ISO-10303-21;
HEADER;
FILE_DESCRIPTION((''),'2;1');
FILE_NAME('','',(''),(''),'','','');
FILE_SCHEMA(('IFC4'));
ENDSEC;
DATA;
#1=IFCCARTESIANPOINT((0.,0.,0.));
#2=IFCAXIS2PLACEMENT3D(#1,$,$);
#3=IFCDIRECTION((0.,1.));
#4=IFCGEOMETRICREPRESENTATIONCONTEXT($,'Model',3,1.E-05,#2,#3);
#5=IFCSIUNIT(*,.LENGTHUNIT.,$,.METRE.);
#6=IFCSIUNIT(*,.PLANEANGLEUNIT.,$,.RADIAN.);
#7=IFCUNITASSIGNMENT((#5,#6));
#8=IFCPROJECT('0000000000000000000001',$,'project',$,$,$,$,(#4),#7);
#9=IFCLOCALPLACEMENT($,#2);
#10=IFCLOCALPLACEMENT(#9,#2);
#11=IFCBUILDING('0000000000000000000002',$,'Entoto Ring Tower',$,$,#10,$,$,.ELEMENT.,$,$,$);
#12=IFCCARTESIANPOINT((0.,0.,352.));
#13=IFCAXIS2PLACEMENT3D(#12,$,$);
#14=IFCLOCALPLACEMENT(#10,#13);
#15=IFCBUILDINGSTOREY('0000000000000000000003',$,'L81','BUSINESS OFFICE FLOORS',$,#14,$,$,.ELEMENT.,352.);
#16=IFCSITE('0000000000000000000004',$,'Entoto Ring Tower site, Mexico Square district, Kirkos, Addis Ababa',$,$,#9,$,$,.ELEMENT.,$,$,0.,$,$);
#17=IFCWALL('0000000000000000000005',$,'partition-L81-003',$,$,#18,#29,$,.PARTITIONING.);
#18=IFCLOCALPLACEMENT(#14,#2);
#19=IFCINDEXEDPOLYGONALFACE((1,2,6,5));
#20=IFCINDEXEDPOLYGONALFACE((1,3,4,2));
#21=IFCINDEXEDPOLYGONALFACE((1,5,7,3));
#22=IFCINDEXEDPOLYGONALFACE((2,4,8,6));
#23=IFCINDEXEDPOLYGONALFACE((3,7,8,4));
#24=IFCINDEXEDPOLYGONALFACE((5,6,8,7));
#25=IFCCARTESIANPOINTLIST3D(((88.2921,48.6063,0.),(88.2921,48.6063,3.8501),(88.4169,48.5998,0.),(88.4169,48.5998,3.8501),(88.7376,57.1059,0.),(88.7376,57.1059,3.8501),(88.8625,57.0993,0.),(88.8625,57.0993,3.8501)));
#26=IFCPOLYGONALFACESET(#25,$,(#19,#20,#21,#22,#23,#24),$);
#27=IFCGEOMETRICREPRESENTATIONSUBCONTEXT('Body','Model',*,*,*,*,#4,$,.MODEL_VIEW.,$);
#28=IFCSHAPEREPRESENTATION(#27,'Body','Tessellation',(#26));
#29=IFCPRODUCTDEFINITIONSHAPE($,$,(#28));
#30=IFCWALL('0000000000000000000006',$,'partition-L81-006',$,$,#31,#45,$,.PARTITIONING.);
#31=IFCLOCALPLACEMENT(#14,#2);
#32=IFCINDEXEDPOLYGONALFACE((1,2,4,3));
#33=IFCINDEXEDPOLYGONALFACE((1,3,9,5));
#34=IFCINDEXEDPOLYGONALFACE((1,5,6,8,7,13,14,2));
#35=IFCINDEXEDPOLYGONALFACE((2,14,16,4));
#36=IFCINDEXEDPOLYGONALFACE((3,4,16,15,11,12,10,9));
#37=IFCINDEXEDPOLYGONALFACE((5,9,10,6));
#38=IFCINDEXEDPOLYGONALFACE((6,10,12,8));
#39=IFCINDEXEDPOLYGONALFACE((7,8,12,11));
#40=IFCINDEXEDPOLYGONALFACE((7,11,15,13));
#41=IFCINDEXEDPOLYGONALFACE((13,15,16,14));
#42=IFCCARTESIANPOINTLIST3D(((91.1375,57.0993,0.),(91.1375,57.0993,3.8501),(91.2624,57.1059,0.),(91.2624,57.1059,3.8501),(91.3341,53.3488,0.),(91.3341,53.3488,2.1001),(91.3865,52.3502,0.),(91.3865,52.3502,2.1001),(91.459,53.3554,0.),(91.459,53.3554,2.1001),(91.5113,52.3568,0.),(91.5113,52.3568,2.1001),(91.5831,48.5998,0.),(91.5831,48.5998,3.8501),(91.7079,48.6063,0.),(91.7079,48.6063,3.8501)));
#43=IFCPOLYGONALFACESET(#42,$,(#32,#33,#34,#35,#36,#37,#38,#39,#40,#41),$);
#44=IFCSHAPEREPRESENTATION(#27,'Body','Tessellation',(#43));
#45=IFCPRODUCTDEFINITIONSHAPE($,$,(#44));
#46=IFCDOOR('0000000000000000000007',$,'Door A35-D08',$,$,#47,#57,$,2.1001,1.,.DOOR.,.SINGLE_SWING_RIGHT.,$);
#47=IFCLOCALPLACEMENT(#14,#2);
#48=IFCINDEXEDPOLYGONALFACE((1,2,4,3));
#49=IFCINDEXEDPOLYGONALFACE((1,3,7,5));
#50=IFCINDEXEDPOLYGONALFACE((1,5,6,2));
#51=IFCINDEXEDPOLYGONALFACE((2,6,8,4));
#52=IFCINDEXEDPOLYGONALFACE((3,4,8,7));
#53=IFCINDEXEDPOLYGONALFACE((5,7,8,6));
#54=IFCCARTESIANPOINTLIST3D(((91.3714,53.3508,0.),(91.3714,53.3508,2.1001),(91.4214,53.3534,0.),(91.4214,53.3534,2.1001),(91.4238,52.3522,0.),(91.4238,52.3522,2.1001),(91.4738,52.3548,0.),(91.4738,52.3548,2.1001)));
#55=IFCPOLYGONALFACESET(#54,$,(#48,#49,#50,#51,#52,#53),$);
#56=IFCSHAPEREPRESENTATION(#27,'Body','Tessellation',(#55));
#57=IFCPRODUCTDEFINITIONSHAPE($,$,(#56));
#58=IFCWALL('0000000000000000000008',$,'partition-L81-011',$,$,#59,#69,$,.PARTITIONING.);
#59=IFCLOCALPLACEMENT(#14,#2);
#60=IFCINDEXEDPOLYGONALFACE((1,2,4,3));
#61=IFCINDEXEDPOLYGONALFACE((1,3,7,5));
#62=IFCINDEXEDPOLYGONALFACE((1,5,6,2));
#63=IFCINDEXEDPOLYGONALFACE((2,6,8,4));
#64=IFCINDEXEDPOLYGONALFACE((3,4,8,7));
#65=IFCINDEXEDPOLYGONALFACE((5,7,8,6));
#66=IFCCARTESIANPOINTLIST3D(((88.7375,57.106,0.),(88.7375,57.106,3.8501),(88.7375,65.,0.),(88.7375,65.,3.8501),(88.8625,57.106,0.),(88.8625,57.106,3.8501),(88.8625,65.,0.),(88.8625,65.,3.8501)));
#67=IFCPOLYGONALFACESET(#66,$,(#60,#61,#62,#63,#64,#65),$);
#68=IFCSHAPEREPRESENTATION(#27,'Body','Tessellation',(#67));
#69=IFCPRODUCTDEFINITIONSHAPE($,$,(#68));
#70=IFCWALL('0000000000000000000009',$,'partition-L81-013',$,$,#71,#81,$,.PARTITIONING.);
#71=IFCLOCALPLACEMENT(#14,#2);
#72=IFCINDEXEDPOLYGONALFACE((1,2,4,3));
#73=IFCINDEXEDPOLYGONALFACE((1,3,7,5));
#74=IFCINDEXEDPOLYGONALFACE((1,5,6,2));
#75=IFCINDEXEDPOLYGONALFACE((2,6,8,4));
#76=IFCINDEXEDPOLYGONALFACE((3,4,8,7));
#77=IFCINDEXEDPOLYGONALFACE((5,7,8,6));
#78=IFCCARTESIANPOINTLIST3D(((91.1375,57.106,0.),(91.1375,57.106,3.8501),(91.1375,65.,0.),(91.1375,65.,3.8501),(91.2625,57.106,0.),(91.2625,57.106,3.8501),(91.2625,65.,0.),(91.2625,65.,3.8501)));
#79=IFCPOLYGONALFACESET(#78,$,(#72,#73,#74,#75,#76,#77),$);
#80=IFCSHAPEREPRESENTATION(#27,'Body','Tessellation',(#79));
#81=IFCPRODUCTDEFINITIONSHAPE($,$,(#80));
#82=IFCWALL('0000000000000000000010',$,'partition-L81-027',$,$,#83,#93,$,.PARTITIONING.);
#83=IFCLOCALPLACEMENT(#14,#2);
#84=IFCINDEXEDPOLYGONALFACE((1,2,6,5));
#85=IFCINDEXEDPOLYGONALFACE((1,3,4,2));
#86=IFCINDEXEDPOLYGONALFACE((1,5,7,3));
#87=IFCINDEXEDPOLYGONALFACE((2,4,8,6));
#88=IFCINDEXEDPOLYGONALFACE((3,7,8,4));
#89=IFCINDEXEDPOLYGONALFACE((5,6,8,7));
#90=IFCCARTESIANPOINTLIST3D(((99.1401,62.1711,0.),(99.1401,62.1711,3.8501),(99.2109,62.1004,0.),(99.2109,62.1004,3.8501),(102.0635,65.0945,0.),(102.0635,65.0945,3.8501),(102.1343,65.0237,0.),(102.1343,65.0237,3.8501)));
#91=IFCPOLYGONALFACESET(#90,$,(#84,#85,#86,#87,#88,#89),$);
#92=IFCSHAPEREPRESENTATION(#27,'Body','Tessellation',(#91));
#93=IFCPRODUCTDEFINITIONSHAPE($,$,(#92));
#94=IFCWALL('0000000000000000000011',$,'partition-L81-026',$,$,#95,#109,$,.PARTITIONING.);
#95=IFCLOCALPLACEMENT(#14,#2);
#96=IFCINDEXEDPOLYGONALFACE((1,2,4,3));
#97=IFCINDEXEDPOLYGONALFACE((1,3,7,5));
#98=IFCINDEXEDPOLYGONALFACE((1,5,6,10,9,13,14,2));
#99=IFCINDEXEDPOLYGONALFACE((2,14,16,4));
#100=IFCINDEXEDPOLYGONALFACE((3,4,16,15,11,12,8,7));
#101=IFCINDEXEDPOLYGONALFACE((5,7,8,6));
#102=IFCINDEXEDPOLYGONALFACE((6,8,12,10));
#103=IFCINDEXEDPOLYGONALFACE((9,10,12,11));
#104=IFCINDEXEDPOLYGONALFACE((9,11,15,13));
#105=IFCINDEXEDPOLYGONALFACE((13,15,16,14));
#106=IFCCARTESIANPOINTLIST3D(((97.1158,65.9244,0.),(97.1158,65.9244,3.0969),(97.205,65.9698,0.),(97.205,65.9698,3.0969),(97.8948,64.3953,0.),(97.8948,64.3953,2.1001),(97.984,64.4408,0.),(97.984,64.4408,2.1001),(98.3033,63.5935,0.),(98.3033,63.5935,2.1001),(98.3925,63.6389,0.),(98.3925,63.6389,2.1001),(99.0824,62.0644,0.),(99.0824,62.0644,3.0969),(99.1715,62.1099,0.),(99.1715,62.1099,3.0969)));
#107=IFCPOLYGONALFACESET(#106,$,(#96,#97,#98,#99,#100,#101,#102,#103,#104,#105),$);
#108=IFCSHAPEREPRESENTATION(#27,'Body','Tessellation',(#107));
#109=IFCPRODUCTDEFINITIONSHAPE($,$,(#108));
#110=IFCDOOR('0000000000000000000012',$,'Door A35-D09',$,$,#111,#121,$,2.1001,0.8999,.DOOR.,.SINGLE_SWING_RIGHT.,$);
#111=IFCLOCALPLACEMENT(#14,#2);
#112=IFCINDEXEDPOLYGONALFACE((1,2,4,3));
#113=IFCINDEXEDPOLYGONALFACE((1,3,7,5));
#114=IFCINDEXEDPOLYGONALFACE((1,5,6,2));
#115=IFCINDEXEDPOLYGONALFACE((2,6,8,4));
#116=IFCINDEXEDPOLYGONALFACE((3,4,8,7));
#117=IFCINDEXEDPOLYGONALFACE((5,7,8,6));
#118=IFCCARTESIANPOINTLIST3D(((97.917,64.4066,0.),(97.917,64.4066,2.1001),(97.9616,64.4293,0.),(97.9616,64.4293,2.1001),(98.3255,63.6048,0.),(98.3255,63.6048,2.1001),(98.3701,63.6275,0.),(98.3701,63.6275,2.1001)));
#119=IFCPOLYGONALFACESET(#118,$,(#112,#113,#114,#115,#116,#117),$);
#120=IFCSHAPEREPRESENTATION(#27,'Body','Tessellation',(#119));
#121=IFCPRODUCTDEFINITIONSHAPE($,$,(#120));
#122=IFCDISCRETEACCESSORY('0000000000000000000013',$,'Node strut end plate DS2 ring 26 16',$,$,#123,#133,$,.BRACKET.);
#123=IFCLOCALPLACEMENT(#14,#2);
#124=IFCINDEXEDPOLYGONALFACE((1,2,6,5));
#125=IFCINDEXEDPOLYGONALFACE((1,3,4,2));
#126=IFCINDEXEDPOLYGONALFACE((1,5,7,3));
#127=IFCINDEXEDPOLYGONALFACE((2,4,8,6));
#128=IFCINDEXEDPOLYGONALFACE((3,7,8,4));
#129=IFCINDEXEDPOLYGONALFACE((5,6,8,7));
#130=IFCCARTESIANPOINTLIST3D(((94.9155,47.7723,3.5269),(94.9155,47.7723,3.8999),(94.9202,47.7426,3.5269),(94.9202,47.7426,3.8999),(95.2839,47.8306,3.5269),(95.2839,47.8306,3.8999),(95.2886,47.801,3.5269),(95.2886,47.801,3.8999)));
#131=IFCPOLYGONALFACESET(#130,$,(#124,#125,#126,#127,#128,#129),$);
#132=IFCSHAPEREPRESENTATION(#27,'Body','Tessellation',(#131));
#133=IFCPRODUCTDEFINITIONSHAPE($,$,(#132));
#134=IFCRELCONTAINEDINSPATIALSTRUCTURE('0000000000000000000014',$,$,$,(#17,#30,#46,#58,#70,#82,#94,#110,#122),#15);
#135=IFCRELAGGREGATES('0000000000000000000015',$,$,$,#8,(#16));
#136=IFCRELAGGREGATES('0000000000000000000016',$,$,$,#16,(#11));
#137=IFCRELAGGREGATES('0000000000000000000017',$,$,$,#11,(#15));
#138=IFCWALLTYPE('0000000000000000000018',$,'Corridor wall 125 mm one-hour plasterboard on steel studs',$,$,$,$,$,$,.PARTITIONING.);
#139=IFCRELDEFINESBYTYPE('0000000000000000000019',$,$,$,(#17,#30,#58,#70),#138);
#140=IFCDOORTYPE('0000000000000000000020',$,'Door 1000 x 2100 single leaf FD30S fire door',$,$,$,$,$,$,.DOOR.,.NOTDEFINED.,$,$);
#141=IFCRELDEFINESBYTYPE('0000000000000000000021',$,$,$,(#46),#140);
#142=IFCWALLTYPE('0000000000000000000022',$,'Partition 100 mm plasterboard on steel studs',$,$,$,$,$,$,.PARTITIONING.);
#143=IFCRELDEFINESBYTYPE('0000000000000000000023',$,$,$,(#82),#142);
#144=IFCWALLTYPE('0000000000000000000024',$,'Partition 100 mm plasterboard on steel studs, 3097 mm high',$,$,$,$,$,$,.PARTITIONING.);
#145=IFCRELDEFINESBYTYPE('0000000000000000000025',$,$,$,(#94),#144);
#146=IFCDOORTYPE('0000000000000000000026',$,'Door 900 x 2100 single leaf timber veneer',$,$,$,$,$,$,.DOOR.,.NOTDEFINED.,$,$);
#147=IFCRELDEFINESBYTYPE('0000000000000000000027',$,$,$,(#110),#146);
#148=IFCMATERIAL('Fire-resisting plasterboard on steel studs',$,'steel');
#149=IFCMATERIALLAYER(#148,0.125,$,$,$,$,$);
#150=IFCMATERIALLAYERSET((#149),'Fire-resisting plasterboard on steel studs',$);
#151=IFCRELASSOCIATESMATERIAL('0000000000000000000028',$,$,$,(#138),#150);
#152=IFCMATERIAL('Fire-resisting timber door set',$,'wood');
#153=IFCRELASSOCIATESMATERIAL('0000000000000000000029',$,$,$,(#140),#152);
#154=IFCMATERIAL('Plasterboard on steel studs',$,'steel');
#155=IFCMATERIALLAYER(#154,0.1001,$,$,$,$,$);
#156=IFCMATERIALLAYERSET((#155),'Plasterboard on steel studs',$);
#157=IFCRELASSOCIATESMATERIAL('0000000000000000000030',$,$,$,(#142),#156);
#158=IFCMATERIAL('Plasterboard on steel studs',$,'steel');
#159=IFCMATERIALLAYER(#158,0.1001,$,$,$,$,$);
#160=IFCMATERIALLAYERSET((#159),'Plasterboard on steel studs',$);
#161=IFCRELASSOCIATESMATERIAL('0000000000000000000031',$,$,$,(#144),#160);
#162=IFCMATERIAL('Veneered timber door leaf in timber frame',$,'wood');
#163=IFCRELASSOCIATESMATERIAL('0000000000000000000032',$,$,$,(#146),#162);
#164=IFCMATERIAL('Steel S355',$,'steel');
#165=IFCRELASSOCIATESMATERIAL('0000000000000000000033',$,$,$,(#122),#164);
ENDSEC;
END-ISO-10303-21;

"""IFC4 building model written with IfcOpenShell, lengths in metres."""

from ifc_helpers import new_model, si_unit, direction, frame, frame_2d, origin, origin_2d, place, context, subcontext, project, spatial, rectangle, extrude, material, layer, layer_set, type_object, element, fill, save


model = new_model("IFC4")

# Units and contexts
model_context = context("Model", 3, precision=1e-05, world=origin(), true_north=direction((0.0, 1.0)))
body_context = subcontext(model_context, "Body", "Model", "MODEL_VIEW")
ifc_project = project(units=[si_unit("LENGTHUNIT", "METRE"), si_unit("PLANEANGLEUNIT", "RADIAN")], contexts=[model_context])

# Site, building, storey
site_placement = place(None, origin())
site = spatial("IfcSite", under=ifc_project, at=site_placement, Name="Entoto Ring Tower site, Mexico Square district, Kirkos, Addis Ababa", CompositionType="ELEMENT", RefElevation=0.0)
building_placement = place(site_placement, origin())
building = spatial("IfcBuilding", under=site, at=building_placement, Name="Entoto Ring Tower", CompositionType="ELEMENT")
storey_placement = place(building_placement, frame((0.0, 0.0, 352.0)))
storey = spatial("IfcBuildingStorey", under=building, at=storey_placement, Name="L81", Description="BUSINESS OFFICE FLOORS", CompositionType="ELEMENT", Elevation=352.0)

# Wall
ifc_material_1 = material(Name="Fire-resisting plasterboard on steel studs", Category="steel")
ifc_layer_1 = layer(ifc_material_1, 0.125)
ifc_layer_set_1 = layer_set([ifc_layer_1], Name="Fire-resisting plasterboard on steel studs")
wall_type_1 = type_object("IfcWallType", Name="Corridor wall 125 mm one-hour plasterboard on steel studs", PredefinedType="PARTITIONING", material=ifc_layer_set_1)
wall_1_placement = place(storey_placement, frame((88.3545, 48.603, 0.0), z_axis=(0.0, 0.0, 1.0), x_axis=(0.05235, 0.998629, 0.0)))
element("IfcWall", 1, at=wall_1_placement, inside=storey, type_object=wall_type_1, Name="partition-L81-003", PredefinedType="PARTITIONING", context=body_context, shape_type="SweptSolid", body=[
    extrude(rectangle(XDim=8.5112, YDim=0.125, at=frame_2d((4.2556, 0.0))), origin(), (0.0, 0.0, 1.0), 3.8501),
])

# Wall, opening, door
wall_2_placement = place(storey_placement, frame((91.6455, 48.603, 0.0), z_axis=(0.0, 0.0, 1.0), x_axis=(-0.05235, 0.998629, 0.0)))
wall_2 = element("IfcWall", 2, at=wall_2_placement, inside=storey, type_object=wall_type_1, Name="partition-L81-006", PredefinedType="PARTITIONING", context=body_context, shape_type="SweptSolid", body=[
    extrude(rectangle(XDim=8.5112, YDim=0.125, at=frame_2d((4.2556, 0.0))), origin(), (0.0, 0.0, 1.0), 3.8501),
])
opening_1_placement = place(wall_2_placement, frame((3.7556, 0.0, 0.0)))
opening_1 = element("IfcOpeningElement", 3, at=opening_1_placement, cuts=wall_2, PredefinedType="OPENING", context=body_context, shape_type="SweptSolid", body=[
    extrude(rectangle(XDim=1.0, YDim=2.1001, at=frame_2d((0.5, 1.05))), frame((0.0, 0.0725, 0.0), z_axis=(0.0, -1.0, 0.0), x_axis=(1.0, 0.0, 0.0)), (0.0, 0.0, 1.0), 0.145),
])
ifc_material_2 = material(Name="Fire-resisting timber door set", Category="wood")
door_type_1 = type_object("IfcDoorType", Name="Door 1000 x 2100 single leaf FD30S fire door", OperationType="NOTDEFINED", PredefinedType="DOOR", material=ifc_material_2)
door_1_placement = place(opening_1_placement, frame((1.0, 0.0, 0.0), z_axis=(0.0, 0.0, 1.0), x_axis=(-1.0, 0.0, 0.0)))
door_1 = element("IfcDoor", 4, at=door_1_placement, inside=storey, type_object=door_type_1, Name="Door A35-D08", OperationType="SINGLE_SWING_RIGHT", OverallHeight=2.1001, OverallWidth=1.0, PredefinedType="DOOR", context=body_context, shape_type="SweptSolid", body=[
    extrude(rectangle(XDim=1.0, YDim=2.1001, at=frame_2d((0.5, 1.05))), frame((0.0, 0.0249, 0.0), z_axis=(0.0, -1.0, 0.0), x_axis=(1.0, 0.0, 0.0)), (0.0, 0.0, 1.0), 0.05),
])
fill(opening_1, door_1)

# Walls
for number, where, z_axis, x_axis, name in (
    (5, (88.8, 57.106, 0.0), (0.0, 0.0, 1.0), (0.0, 1.0, 0.0), "partition-L81-011"),
    (6, (91.2, 57.106, 0.0), (0.0, 0.0, 1.0), (0.0, 1.0, 0.0), "partition-L81-013"),
):
    element("IfcWall", number, at=place(storey_placement, frame(where, z_axis=z_axis, x_axis=x_axis)), inside=storey, type_object=wall_type_1, Name=name, PredefinedType="PARTITIONING", context=body_context, shape_type="SweptSolid", body=[
        extrude(rectangle(XDim=7.894, YDim=0.125, at=frame_2d((3.947, 0.0))), origin(), (0.0, 0.0, 1.0), 3.8501),
    ])
ifc_material_3 = material(Name="Plasterboard on steel studs", Category="steel")
ifc_layer_2 = layer(ifc_material_3, 0.1001)
ifc_layer_set_2 = layer_set([ifc_layer_2], Name="Plasterboard on steel studs")
wall_type_2 = type_object("IfcWallType", Name="Partition 100 mm plasterboard on steel studs", PredefinedType="PARTITIONING", material=ifc_layer_set_2)
wall_3_placement = place(storey_placement, frame((99.1755, 62.1357, 0.0), z_axis=(0.0, 0.0, 1.0), x_axis=(0.707107, 0.707107, 0.0)))
element("IfcWall", 7, at=wall_3_placement, inside=storey, type_object=wall_type_2, Name="partition-L81-027", PredefinedType="PARTITIONING", context=body_context, shape_type="SweptSolid", body=[
    extrude(rectangle(XDim=4.1343, YDim=0.1001, at=frame_2d((2.0671, 0.0))), origin(), (0.0, 0.0, 1.0), 3.8501),
])

# Wall, opening, door
ifc_material_4 = material(Name="Plasterboard on steel studs", Category="steel")
ifc_layer_3 = layer(ifc_material_4, 0.1001)
ifc_layer_set_3 = layer_set([ifc_layer_3], Name="Plasterboard on steel studs")
wall_type_3 = type_object("IfcWallType", Name="Partition 100 mm plasterboard on steel studs, 3097 mm high", PredefinedType="PARTITIONING", material=ifc_layer_set_3)
wall_4_placement = place(storey_placement, frame((99.127, 62.0872, 0.0), z_axis=(0.0, 0.0, 1.0), x_axis=(-0.453964, 0.89102, 0.0)))
wall_4 = element("IfcWall", 8, at=wall_4_placement, inside=storey, type_object=wall_type_3, Name="partition-L81-026", PredefinedType="PARTITIONING", context=body_context, shape_type="SweptSolid", body=[
    extrude(rectangle(XDim=4.332, YDim=0.1001, at=frame_2d((2.166, 0.0))), origin(), (0.0, 0.0, 1.0), 3.0969),
])
opening_2_placement = place(wall_4_placement, frame((1.7161, 0.0, 0.0)))
opening_2 = element("IfcOpeningElement", 9, at=opening_2_placement, cuts=wall_4, PredefinedType="OPENING", context=body_context, shape_type="SweptSolid", body=[
    extrude(rectangle(XDim=0.8999, YDim=2.1001, at=frame_2d((0.45, 1.05))), frame((0.0, 0.0601, 0.0), z_axis=(0.0, -1.0, 0.0), x_axis=(1.0, 0.0, 0.0)), (0.0, 0.0, 1.0), 0.1201),
])
ifc_material_5 = material(Name="Veneered timber door leaf in timber frame", Category="wood")
door_type_2 = type_object("IfcDoorType", Name="Door 900 x 2100 single leaf timber veneer", OperationType="NOTDEFINED", PredefinedType="DOOR", material=ifc_material_5)
door_2_placement = place(opening_2_placement, frame((0.8999, 0.0, 0.0), z_axis=(0.0, 0.0, 1.0), x_axis=(-1.0, 0.0, 0.0)))
door_2 = element("IfcDoor", 10, at=door_2_placement, inside=storey, type_object=door_type_2, Name="Door A35-D09", OperationType="SINGLE_SWING_RIGHT", OverallHeight=2.1001, OverallWidth=0.8999, PredefinedType="DOOR", context=body_context, shape_type="SweptSolid", body=[
    extrude(rectangle(XDim=0.8999, YDim=2.1001, at=frame_2d((0.45, 1.05))), frame((0.0, 0.0249, 0.0), z_axis=(0.0, -1.0, 0.0), x_axis=(1.0, 0.0, 0.0)), (0.0, 0.0, 1.0), 0.05),
])
fill(opening_2, door_2)

# Discrete accessory
ifc_material_6 = material(Name="Steel S355", Category="steel")
discrete_accessory_placement = place(storey_placement, frame((95.1021, 47.7866, 3.5269), z_axis=(0.0, 0.0, 1.0), x_axis=(0.156434, -0.987688, 0.0)))
element("IfcDiscreteAccessory", 11, at=discrete_accessory_placement, inside=storey, material=ifc_material_6, Name="Node strut end plate DS2 ring 26 16", PredefinedType="BRACKET", context=body_context, shape_type="SweptSolid", body=[
    extrude(rectangle(XDim=0.03, YDim=0.373, at=origin_2d()), origin(), (0.0, 0.0, 1.0), 0.373),
])

save(model, "model.ifc")
